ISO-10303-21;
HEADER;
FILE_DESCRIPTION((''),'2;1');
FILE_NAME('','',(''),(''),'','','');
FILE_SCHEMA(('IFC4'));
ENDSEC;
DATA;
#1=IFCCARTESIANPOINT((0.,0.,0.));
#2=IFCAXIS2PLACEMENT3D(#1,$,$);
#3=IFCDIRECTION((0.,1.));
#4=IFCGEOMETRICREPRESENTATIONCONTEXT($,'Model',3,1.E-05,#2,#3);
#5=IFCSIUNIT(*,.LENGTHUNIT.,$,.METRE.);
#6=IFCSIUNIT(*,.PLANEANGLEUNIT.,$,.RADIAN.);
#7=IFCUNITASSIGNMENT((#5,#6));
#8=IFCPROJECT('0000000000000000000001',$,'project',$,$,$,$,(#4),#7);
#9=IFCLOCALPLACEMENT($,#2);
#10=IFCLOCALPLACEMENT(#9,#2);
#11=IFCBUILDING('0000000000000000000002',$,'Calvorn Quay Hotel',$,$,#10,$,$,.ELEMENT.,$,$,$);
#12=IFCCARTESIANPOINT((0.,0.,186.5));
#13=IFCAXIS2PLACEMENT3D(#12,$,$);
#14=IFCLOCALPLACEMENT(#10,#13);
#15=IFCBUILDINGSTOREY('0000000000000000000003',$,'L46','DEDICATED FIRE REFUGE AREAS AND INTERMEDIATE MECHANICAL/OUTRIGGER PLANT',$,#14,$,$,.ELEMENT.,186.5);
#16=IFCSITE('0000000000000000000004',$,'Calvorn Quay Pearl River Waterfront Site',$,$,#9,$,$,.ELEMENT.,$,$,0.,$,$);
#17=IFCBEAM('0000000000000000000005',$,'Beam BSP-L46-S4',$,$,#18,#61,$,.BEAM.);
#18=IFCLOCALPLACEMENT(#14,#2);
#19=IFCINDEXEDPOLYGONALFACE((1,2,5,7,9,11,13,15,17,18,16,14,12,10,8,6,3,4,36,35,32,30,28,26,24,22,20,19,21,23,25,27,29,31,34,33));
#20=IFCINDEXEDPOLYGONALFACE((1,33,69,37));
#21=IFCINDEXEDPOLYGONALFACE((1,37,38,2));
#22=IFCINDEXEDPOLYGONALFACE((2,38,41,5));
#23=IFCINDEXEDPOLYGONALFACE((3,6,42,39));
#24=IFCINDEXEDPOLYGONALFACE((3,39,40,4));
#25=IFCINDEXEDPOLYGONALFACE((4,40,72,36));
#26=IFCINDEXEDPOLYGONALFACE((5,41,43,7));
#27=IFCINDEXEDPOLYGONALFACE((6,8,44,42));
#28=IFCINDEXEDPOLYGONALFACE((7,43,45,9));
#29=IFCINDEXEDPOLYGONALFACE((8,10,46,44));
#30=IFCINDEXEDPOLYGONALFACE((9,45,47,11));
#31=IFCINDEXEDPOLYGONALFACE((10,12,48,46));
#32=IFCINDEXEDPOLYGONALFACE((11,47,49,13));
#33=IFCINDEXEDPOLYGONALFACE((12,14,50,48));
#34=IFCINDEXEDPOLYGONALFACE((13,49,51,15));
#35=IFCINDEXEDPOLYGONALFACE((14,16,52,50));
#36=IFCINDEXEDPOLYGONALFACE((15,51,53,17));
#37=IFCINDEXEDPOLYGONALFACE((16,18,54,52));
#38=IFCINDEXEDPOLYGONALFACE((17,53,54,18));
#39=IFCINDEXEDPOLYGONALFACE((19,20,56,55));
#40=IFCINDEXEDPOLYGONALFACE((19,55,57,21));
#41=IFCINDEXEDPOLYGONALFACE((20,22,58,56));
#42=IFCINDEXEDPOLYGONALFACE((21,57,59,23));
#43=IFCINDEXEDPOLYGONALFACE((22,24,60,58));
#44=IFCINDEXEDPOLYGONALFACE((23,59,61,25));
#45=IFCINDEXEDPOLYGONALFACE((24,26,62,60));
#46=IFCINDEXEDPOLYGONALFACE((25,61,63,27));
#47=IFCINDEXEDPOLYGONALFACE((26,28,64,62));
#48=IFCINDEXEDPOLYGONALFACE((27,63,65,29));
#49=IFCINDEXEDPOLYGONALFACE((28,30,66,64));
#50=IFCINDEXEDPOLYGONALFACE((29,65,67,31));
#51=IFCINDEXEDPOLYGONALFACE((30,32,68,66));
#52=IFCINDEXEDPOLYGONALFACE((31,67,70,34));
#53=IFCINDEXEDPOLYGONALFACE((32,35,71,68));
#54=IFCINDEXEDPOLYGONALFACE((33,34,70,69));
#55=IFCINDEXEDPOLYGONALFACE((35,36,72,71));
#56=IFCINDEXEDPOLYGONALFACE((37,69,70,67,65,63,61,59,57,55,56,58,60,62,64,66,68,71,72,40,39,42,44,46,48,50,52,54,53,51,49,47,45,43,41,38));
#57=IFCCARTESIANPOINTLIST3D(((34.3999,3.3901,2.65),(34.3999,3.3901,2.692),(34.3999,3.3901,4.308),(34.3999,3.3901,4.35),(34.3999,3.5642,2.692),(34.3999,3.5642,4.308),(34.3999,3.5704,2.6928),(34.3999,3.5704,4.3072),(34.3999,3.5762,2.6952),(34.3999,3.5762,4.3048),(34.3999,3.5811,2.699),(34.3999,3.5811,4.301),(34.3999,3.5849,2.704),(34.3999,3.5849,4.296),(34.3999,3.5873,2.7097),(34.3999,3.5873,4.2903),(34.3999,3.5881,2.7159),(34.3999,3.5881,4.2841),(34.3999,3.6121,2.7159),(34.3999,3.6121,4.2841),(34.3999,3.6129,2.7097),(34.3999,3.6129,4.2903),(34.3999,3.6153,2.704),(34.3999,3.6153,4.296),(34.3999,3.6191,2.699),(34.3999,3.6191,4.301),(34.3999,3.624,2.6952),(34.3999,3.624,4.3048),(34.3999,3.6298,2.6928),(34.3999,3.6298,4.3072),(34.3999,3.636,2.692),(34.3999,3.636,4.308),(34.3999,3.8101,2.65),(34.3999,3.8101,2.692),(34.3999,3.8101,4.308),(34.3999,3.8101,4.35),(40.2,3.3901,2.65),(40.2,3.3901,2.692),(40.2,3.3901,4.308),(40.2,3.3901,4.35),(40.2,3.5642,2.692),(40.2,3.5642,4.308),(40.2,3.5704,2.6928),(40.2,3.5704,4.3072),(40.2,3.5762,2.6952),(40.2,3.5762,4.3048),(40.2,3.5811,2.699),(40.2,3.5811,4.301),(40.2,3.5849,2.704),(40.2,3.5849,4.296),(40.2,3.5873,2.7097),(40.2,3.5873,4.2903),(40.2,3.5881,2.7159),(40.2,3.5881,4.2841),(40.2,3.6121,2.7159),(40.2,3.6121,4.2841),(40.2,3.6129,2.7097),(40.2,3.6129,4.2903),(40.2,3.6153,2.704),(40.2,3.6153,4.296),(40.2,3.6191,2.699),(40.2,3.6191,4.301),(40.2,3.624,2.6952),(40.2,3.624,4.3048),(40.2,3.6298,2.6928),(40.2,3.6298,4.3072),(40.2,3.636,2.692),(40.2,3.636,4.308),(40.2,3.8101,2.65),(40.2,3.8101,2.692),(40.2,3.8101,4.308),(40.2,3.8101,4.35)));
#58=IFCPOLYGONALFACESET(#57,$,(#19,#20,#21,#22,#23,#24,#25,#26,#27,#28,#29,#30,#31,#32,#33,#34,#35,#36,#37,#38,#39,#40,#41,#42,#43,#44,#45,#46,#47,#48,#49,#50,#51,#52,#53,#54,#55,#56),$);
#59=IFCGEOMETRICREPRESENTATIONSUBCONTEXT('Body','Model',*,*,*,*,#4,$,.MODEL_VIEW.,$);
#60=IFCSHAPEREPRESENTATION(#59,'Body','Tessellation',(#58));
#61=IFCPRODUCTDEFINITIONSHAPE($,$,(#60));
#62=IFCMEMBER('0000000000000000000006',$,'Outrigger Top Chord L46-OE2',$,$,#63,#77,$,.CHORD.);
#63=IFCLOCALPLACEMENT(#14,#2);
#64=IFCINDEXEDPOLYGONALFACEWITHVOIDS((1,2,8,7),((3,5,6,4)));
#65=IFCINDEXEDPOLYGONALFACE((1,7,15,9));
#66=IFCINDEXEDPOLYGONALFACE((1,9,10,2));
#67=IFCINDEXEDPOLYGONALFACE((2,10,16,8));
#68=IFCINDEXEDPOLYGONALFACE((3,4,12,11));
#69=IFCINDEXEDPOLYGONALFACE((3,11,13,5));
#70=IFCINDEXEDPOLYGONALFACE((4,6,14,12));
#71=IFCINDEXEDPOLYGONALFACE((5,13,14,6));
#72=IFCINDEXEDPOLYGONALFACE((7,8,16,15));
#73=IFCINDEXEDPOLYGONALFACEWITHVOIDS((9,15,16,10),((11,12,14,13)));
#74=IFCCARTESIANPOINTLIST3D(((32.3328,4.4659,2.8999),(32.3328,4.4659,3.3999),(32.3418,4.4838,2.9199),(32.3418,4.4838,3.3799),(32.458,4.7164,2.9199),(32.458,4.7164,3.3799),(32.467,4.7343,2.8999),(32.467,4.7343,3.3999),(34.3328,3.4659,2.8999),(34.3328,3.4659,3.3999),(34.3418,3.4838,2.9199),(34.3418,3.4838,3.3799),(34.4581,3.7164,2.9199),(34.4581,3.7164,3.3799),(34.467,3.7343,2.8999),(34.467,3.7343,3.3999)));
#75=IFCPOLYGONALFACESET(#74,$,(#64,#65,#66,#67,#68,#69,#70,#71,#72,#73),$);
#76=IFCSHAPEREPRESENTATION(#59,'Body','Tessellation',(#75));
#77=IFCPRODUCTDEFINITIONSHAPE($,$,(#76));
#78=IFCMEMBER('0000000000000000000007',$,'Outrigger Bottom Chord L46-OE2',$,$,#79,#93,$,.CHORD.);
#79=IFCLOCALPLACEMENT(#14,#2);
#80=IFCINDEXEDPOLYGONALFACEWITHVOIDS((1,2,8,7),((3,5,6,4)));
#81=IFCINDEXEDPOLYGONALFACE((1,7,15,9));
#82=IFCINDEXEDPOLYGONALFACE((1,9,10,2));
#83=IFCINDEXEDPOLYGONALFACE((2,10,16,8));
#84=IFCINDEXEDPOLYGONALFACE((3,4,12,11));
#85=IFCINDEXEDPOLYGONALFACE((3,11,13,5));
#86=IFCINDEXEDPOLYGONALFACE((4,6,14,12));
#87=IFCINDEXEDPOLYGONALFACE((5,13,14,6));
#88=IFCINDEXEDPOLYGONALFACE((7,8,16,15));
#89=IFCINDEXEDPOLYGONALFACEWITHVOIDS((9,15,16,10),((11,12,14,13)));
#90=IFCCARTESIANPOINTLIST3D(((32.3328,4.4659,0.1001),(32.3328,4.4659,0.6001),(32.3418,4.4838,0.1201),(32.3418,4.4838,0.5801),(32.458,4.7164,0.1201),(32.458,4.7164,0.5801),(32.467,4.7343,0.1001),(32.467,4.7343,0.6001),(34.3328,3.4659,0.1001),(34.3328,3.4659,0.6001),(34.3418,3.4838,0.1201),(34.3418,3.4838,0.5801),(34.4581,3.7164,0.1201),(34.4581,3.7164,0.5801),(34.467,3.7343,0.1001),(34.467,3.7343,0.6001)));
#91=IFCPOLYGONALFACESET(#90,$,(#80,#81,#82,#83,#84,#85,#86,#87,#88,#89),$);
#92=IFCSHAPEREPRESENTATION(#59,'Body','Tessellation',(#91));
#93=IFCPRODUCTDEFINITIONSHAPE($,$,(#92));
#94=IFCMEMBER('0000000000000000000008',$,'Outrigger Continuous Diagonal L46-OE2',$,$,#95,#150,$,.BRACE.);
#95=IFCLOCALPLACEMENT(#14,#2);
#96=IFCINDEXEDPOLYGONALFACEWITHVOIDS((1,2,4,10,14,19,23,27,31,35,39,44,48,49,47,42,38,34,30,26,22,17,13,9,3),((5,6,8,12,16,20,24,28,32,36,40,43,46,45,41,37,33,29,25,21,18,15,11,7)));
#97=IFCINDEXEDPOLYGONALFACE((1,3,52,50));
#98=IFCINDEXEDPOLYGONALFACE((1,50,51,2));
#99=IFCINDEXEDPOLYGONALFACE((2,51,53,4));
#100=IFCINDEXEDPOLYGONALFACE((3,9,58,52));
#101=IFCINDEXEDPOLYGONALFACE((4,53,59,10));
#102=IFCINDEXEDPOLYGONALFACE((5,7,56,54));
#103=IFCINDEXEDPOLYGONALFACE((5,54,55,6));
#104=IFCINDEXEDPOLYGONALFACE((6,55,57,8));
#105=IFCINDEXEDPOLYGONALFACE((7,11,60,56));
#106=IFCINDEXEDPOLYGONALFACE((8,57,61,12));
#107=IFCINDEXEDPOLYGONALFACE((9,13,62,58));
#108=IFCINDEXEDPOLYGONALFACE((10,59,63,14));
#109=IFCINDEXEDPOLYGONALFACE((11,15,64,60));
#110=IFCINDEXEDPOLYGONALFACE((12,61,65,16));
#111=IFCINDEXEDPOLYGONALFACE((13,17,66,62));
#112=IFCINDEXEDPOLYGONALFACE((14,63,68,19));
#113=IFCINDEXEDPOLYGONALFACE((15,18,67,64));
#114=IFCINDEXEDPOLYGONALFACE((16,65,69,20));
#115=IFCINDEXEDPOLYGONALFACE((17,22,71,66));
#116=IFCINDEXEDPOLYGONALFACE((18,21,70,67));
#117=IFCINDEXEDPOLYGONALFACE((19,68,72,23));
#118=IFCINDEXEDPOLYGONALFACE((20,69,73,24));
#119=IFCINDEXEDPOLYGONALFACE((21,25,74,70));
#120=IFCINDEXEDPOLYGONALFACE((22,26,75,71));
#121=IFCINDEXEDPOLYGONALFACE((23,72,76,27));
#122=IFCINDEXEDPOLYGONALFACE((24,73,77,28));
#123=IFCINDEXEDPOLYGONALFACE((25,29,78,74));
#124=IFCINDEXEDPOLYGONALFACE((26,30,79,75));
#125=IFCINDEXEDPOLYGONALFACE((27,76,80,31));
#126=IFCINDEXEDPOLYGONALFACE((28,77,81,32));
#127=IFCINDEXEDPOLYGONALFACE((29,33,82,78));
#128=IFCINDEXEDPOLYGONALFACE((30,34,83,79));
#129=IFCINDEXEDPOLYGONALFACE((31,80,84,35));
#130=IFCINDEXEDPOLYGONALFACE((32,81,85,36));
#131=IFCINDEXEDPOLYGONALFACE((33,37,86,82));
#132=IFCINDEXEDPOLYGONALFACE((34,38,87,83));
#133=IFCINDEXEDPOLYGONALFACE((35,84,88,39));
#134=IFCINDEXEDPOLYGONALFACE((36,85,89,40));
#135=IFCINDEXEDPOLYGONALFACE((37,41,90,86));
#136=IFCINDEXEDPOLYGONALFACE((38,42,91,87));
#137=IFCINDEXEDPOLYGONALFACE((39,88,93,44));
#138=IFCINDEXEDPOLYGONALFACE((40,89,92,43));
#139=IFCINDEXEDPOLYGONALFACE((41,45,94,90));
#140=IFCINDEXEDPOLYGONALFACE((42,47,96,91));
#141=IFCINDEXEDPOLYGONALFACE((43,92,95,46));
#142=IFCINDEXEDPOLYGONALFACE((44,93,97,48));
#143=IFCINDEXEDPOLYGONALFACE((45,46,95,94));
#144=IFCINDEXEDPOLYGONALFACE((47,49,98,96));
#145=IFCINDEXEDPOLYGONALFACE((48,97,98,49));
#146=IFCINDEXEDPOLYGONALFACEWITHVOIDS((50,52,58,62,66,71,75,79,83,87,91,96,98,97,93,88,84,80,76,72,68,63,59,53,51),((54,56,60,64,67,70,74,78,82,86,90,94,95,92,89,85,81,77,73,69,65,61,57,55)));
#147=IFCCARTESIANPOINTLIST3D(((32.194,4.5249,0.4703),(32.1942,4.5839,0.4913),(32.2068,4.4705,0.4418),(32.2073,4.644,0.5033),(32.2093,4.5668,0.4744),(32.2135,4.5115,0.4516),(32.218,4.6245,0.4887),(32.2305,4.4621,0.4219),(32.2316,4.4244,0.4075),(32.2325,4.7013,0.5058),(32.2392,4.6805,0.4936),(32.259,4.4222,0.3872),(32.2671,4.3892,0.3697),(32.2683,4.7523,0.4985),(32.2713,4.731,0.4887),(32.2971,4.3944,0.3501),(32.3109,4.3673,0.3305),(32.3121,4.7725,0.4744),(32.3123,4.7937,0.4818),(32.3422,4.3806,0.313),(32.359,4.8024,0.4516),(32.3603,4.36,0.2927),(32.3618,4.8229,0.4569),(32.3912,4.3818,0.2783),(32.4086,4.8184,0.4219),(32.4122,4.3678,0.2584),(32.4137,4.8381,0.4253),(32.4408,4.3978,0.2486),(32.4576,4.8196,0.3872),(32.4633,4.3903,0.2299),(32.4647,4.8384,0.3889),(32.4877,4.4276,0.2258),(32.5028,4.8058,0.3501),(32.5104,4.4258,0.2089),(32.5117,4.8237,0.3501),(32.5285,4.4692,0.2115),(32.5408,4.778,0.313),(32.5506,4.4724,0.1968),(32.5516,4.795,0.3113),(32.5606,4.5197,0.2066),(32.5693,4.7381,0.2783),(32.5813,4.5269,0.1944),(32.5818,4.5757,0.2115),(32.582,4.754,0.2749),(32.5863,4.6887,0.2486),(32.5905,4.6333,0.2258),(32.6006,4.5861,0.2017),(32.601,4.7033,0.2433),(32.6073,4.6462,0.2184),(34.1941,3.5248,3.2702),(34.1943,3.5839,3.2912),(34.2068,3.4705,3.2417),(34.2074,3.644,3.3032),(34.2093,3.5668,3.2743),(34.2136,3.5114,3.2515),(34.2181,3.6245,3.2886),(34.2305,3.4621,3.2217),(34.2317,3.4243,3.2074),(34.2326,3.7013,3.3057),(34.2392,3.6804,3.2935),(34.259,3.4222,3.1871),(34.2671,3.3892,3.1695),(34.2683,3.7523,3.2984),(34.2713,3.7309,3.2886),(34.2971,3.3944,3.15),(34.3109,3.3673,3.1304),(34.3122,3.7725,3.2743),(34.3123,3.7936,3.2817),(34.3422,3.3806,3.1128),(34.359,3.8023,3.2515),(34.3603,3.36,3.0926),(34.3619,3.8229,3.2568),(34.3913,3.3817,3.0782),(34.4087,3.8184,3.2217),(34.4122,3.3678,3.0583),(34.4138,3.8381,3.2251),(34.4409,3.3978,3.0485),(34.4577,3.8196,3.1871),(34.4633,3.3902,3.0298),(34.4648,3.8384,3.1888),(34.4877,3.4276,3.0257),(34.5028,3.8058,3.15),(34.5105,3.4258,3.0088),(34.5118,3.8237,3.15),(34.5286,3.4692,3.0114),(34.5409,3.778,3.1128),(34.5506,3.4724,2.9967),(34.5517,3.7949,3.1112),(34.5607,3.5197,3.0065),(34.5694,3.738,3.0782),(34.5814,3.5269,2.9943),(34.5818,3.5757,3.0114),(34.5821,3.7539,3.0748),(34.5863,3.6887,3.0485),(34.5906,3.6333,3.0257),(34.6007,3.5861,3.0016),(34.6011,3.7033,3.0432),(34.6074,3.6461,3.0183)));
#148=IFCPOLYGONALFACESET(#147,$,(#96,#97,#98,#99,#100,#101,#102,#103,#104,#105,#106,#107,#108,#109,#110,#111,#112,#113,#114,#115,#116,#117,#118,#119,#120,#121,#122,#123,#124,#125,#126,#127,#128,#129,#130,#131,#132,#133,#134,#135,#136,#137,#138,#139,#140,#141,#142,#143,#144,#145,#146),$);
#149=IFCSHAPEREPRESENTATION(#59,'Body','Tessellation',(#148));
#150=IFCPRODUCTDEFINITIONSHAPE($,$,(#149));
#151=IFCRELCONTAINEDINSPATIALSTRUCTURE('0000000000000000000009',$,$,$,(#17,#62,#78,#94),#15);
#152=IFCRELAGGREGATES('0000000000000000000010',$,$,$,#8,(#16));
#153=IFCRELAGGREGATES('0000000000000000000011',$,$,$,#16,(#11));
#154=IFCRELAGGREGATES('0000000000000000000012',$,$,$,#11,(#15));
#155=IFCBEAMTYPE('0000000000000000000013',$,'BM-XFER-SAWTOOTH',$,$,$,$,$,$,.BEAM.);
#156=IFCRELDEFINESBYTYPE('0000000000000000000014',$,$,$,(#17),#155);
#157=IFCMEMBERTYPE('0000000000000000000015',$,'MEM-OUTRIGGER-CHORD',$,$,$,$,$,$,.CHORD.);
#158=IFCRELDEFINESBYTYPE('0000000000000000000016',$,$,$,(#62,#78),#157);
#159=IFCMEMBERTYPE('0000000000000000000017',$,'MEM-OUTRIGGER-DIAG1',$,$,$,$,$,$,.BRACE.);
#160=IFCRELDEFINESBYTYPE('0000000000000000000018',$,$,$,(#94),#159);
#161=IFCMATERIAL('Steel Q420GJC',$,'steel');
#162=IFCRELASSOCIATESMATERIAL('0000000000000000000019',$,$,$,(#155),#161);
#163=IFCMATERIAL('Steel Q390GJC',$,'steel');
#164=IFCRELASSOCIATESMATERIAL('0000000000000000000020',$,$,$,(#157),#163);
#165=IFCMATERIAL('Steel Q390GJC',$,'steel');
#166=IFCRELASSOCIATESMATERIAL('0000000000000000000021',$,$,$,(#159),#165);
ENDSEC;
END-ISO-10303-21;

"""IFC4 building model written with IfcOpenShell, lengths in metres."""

from ifc_helpers import new_model, si_unit, direction, frame, origin, origin_2d, place, context, subcontext, project, spatial, hollow_rectangle, hollow_circle, i_section, extrude, material, material_profile, profile_set, type_object, element, save


model = new_model("IFC4")

# Units and contexts
model_context = context("Model", 3, precision=1e-05, world=origin(), true_north=direction((0.0, 1.0)))
body_context = subcontext(model_context, "Body", "Model", "MODEL_VIEW")
ifc_project = project(units=[si_unit("LENGTHUNIT", "METRE"), si_unit("PLANEANGLEUNIT", "RADIAN")], contexts=[model_context])

# Site, building, storey
site_placement = place(None, origin())
site = spatial("IfcSite", under=ifc_project, at=site_placement, Name="Calvorn Quay Pearl River Waterfront Site", CompositionType="ELEMENT", RefElevation=0.0)
building_placement = place(site_placement, origin())
building = spatial("IfcBuilding", under=site, at=building_placement, Name="Calvorn Quay Hotel", CompositionType="ELEMENT")
storey_placement = place(building_placement, frame((0.0, 0.0, 186.5)))
storey = spatial("IfcBuildingStorey", under=building, at=storey_placement, Name="L46", Description="DEDICATED FIRE REFUGE AREAS AND INTERMEDIATE MECHANICAL/OUTRIGGER PLANT", CompositionType="ELEMENT", Elevation=186.5)

# Beam
ifc_material_1 = material(Name="Steel Q420GJC", Category="steel")
ifc_material_profile_1 = material_profile(ifc_material_1, i_section(OverallWidth=0.4199, OverallDepth=1.7, WebThickness=0.0239, FlangeThickness=0.042, FilletRadius=0.0239, at=origin_2d()), Name="HN1700x420x24x42")
ifc_profile_set_1 = profile_set([ifc_material_profile_1], Name="Steel Q420GJC")
beam_type_1 = type_object("IfcBeamType", Name="BM-XFER-SAWTOOTH", PredefinedType="BEAM", material=ifc_profile_set_1)
beam_1_placement = place(storey_placement, frame((34.3999, 3.6001, 3.5), z_axis=(1.0, 0.0, 0.0), x_axis=(0.0, 1.0, 0.0)))
element("IfcBeam", 1, at=beam_1_placement, inside=storey, type_object=beam_type_1, Name="Beam BSP-L46-S4", PredefinedType="BEAM", context=body_context, shape_type="SweptSolid", body=[
    extrude(i_section(OverallWidth=0.4199, OverallDepth=1.7, WebThickness=0.0239, FlangeThickness=0.042, FilletRadius=0.0239, at=origin_2d()), origin(), (0.0, 0.0, 1.0), 5.8),
])

# Members
ifc_material_2 = material(Name="Steel Q390GJC", Category="steel")
ifc_material_profile_2 = material_profile(ifc_material_2, hollow_rectangle(XDim=0.3, YDim=0.5, WallThickness=0.02, at=origin_2d()), Name="RHS500x300x20")
ifc_profile_set_2 = profile_set([ifc_material_profile_2], Name="Steel Q390GJC")
member_type_1 = type_object("IfcMemberType", Name="MEM-OUTRIGGER-CHORD", PredefinedType="CHORD", material=ifc_profile_set_2)
for number, where, z_axis, x_axis, name in (
    (2, (32.3999, 4.6001, 3.1499), (0.894427, -0.447214, 0.0), (0.447214, 0.894427, 0.0), "Outrigger Top Chord L46-OE2"),
    (3, (32.3999, 4.6001, 0.3501), (0.894427, -0.447214, 0.0), (0.447214, 0.894427, 0.0), "Outrigger Bottom Chord L46-OE2"),
):
    element("IfcMember", number, at=place(storey_placement, frame(where, z_axis=z_axis, x_axis=x_axis)), inside=storey, type_object=member_type_1, Name=name, PredefinedType="CHORD", context=body_context, shape_type="SweptSolid", body=[
        extrude(hollow_rectangle(XDim=0.3, YDim=0.5, WallThickness=0.02, at=origin_2d()), origin(), (0.0, 0.0, 1.0), 2.2361),
    ])
ifc_material_3 = material(Name="Steel Q390GJC", Category="steel")
ifc_material_profile_3 = material_profile(ifc_material_3, hollow_circle(Radius=0.25, WallThickness=0.02, at=origin_2d()), Name="CHS500x20")
ifc_profile_set_3 = profile_set([ifc_material_profile_3], Name="Steel Q390GJC")
member_type_2 = type_object("IfcMemberType", Name="MEM-OUTRIGGER-DIAG1", PredefinedType="BRACE", material=ifc_profile_set_3)
member_placement = place(storey_placement, frame((32.3999, 4.6001, 0.3501), z_axis=(0.558169, -0.279085, 0.781383), x_axis=(0.447214, 0.894427, 0.0)))
element("IfcMember", 4, at=member_placement, inside=storey, type_object=member_type_2, Name="Outrigger Continuous Diagonal L46-OE2", PredefinedType="BRACE", context=body_context, shape_type="SweptSolid", body=[
    extrude(hollow_circle(Radius=0.25, WallThickness=0.02, at=origin_2d()), origin(), (0.0, 0.0, 1.0), 3.5833),
])

save(model, "model.ifc")
